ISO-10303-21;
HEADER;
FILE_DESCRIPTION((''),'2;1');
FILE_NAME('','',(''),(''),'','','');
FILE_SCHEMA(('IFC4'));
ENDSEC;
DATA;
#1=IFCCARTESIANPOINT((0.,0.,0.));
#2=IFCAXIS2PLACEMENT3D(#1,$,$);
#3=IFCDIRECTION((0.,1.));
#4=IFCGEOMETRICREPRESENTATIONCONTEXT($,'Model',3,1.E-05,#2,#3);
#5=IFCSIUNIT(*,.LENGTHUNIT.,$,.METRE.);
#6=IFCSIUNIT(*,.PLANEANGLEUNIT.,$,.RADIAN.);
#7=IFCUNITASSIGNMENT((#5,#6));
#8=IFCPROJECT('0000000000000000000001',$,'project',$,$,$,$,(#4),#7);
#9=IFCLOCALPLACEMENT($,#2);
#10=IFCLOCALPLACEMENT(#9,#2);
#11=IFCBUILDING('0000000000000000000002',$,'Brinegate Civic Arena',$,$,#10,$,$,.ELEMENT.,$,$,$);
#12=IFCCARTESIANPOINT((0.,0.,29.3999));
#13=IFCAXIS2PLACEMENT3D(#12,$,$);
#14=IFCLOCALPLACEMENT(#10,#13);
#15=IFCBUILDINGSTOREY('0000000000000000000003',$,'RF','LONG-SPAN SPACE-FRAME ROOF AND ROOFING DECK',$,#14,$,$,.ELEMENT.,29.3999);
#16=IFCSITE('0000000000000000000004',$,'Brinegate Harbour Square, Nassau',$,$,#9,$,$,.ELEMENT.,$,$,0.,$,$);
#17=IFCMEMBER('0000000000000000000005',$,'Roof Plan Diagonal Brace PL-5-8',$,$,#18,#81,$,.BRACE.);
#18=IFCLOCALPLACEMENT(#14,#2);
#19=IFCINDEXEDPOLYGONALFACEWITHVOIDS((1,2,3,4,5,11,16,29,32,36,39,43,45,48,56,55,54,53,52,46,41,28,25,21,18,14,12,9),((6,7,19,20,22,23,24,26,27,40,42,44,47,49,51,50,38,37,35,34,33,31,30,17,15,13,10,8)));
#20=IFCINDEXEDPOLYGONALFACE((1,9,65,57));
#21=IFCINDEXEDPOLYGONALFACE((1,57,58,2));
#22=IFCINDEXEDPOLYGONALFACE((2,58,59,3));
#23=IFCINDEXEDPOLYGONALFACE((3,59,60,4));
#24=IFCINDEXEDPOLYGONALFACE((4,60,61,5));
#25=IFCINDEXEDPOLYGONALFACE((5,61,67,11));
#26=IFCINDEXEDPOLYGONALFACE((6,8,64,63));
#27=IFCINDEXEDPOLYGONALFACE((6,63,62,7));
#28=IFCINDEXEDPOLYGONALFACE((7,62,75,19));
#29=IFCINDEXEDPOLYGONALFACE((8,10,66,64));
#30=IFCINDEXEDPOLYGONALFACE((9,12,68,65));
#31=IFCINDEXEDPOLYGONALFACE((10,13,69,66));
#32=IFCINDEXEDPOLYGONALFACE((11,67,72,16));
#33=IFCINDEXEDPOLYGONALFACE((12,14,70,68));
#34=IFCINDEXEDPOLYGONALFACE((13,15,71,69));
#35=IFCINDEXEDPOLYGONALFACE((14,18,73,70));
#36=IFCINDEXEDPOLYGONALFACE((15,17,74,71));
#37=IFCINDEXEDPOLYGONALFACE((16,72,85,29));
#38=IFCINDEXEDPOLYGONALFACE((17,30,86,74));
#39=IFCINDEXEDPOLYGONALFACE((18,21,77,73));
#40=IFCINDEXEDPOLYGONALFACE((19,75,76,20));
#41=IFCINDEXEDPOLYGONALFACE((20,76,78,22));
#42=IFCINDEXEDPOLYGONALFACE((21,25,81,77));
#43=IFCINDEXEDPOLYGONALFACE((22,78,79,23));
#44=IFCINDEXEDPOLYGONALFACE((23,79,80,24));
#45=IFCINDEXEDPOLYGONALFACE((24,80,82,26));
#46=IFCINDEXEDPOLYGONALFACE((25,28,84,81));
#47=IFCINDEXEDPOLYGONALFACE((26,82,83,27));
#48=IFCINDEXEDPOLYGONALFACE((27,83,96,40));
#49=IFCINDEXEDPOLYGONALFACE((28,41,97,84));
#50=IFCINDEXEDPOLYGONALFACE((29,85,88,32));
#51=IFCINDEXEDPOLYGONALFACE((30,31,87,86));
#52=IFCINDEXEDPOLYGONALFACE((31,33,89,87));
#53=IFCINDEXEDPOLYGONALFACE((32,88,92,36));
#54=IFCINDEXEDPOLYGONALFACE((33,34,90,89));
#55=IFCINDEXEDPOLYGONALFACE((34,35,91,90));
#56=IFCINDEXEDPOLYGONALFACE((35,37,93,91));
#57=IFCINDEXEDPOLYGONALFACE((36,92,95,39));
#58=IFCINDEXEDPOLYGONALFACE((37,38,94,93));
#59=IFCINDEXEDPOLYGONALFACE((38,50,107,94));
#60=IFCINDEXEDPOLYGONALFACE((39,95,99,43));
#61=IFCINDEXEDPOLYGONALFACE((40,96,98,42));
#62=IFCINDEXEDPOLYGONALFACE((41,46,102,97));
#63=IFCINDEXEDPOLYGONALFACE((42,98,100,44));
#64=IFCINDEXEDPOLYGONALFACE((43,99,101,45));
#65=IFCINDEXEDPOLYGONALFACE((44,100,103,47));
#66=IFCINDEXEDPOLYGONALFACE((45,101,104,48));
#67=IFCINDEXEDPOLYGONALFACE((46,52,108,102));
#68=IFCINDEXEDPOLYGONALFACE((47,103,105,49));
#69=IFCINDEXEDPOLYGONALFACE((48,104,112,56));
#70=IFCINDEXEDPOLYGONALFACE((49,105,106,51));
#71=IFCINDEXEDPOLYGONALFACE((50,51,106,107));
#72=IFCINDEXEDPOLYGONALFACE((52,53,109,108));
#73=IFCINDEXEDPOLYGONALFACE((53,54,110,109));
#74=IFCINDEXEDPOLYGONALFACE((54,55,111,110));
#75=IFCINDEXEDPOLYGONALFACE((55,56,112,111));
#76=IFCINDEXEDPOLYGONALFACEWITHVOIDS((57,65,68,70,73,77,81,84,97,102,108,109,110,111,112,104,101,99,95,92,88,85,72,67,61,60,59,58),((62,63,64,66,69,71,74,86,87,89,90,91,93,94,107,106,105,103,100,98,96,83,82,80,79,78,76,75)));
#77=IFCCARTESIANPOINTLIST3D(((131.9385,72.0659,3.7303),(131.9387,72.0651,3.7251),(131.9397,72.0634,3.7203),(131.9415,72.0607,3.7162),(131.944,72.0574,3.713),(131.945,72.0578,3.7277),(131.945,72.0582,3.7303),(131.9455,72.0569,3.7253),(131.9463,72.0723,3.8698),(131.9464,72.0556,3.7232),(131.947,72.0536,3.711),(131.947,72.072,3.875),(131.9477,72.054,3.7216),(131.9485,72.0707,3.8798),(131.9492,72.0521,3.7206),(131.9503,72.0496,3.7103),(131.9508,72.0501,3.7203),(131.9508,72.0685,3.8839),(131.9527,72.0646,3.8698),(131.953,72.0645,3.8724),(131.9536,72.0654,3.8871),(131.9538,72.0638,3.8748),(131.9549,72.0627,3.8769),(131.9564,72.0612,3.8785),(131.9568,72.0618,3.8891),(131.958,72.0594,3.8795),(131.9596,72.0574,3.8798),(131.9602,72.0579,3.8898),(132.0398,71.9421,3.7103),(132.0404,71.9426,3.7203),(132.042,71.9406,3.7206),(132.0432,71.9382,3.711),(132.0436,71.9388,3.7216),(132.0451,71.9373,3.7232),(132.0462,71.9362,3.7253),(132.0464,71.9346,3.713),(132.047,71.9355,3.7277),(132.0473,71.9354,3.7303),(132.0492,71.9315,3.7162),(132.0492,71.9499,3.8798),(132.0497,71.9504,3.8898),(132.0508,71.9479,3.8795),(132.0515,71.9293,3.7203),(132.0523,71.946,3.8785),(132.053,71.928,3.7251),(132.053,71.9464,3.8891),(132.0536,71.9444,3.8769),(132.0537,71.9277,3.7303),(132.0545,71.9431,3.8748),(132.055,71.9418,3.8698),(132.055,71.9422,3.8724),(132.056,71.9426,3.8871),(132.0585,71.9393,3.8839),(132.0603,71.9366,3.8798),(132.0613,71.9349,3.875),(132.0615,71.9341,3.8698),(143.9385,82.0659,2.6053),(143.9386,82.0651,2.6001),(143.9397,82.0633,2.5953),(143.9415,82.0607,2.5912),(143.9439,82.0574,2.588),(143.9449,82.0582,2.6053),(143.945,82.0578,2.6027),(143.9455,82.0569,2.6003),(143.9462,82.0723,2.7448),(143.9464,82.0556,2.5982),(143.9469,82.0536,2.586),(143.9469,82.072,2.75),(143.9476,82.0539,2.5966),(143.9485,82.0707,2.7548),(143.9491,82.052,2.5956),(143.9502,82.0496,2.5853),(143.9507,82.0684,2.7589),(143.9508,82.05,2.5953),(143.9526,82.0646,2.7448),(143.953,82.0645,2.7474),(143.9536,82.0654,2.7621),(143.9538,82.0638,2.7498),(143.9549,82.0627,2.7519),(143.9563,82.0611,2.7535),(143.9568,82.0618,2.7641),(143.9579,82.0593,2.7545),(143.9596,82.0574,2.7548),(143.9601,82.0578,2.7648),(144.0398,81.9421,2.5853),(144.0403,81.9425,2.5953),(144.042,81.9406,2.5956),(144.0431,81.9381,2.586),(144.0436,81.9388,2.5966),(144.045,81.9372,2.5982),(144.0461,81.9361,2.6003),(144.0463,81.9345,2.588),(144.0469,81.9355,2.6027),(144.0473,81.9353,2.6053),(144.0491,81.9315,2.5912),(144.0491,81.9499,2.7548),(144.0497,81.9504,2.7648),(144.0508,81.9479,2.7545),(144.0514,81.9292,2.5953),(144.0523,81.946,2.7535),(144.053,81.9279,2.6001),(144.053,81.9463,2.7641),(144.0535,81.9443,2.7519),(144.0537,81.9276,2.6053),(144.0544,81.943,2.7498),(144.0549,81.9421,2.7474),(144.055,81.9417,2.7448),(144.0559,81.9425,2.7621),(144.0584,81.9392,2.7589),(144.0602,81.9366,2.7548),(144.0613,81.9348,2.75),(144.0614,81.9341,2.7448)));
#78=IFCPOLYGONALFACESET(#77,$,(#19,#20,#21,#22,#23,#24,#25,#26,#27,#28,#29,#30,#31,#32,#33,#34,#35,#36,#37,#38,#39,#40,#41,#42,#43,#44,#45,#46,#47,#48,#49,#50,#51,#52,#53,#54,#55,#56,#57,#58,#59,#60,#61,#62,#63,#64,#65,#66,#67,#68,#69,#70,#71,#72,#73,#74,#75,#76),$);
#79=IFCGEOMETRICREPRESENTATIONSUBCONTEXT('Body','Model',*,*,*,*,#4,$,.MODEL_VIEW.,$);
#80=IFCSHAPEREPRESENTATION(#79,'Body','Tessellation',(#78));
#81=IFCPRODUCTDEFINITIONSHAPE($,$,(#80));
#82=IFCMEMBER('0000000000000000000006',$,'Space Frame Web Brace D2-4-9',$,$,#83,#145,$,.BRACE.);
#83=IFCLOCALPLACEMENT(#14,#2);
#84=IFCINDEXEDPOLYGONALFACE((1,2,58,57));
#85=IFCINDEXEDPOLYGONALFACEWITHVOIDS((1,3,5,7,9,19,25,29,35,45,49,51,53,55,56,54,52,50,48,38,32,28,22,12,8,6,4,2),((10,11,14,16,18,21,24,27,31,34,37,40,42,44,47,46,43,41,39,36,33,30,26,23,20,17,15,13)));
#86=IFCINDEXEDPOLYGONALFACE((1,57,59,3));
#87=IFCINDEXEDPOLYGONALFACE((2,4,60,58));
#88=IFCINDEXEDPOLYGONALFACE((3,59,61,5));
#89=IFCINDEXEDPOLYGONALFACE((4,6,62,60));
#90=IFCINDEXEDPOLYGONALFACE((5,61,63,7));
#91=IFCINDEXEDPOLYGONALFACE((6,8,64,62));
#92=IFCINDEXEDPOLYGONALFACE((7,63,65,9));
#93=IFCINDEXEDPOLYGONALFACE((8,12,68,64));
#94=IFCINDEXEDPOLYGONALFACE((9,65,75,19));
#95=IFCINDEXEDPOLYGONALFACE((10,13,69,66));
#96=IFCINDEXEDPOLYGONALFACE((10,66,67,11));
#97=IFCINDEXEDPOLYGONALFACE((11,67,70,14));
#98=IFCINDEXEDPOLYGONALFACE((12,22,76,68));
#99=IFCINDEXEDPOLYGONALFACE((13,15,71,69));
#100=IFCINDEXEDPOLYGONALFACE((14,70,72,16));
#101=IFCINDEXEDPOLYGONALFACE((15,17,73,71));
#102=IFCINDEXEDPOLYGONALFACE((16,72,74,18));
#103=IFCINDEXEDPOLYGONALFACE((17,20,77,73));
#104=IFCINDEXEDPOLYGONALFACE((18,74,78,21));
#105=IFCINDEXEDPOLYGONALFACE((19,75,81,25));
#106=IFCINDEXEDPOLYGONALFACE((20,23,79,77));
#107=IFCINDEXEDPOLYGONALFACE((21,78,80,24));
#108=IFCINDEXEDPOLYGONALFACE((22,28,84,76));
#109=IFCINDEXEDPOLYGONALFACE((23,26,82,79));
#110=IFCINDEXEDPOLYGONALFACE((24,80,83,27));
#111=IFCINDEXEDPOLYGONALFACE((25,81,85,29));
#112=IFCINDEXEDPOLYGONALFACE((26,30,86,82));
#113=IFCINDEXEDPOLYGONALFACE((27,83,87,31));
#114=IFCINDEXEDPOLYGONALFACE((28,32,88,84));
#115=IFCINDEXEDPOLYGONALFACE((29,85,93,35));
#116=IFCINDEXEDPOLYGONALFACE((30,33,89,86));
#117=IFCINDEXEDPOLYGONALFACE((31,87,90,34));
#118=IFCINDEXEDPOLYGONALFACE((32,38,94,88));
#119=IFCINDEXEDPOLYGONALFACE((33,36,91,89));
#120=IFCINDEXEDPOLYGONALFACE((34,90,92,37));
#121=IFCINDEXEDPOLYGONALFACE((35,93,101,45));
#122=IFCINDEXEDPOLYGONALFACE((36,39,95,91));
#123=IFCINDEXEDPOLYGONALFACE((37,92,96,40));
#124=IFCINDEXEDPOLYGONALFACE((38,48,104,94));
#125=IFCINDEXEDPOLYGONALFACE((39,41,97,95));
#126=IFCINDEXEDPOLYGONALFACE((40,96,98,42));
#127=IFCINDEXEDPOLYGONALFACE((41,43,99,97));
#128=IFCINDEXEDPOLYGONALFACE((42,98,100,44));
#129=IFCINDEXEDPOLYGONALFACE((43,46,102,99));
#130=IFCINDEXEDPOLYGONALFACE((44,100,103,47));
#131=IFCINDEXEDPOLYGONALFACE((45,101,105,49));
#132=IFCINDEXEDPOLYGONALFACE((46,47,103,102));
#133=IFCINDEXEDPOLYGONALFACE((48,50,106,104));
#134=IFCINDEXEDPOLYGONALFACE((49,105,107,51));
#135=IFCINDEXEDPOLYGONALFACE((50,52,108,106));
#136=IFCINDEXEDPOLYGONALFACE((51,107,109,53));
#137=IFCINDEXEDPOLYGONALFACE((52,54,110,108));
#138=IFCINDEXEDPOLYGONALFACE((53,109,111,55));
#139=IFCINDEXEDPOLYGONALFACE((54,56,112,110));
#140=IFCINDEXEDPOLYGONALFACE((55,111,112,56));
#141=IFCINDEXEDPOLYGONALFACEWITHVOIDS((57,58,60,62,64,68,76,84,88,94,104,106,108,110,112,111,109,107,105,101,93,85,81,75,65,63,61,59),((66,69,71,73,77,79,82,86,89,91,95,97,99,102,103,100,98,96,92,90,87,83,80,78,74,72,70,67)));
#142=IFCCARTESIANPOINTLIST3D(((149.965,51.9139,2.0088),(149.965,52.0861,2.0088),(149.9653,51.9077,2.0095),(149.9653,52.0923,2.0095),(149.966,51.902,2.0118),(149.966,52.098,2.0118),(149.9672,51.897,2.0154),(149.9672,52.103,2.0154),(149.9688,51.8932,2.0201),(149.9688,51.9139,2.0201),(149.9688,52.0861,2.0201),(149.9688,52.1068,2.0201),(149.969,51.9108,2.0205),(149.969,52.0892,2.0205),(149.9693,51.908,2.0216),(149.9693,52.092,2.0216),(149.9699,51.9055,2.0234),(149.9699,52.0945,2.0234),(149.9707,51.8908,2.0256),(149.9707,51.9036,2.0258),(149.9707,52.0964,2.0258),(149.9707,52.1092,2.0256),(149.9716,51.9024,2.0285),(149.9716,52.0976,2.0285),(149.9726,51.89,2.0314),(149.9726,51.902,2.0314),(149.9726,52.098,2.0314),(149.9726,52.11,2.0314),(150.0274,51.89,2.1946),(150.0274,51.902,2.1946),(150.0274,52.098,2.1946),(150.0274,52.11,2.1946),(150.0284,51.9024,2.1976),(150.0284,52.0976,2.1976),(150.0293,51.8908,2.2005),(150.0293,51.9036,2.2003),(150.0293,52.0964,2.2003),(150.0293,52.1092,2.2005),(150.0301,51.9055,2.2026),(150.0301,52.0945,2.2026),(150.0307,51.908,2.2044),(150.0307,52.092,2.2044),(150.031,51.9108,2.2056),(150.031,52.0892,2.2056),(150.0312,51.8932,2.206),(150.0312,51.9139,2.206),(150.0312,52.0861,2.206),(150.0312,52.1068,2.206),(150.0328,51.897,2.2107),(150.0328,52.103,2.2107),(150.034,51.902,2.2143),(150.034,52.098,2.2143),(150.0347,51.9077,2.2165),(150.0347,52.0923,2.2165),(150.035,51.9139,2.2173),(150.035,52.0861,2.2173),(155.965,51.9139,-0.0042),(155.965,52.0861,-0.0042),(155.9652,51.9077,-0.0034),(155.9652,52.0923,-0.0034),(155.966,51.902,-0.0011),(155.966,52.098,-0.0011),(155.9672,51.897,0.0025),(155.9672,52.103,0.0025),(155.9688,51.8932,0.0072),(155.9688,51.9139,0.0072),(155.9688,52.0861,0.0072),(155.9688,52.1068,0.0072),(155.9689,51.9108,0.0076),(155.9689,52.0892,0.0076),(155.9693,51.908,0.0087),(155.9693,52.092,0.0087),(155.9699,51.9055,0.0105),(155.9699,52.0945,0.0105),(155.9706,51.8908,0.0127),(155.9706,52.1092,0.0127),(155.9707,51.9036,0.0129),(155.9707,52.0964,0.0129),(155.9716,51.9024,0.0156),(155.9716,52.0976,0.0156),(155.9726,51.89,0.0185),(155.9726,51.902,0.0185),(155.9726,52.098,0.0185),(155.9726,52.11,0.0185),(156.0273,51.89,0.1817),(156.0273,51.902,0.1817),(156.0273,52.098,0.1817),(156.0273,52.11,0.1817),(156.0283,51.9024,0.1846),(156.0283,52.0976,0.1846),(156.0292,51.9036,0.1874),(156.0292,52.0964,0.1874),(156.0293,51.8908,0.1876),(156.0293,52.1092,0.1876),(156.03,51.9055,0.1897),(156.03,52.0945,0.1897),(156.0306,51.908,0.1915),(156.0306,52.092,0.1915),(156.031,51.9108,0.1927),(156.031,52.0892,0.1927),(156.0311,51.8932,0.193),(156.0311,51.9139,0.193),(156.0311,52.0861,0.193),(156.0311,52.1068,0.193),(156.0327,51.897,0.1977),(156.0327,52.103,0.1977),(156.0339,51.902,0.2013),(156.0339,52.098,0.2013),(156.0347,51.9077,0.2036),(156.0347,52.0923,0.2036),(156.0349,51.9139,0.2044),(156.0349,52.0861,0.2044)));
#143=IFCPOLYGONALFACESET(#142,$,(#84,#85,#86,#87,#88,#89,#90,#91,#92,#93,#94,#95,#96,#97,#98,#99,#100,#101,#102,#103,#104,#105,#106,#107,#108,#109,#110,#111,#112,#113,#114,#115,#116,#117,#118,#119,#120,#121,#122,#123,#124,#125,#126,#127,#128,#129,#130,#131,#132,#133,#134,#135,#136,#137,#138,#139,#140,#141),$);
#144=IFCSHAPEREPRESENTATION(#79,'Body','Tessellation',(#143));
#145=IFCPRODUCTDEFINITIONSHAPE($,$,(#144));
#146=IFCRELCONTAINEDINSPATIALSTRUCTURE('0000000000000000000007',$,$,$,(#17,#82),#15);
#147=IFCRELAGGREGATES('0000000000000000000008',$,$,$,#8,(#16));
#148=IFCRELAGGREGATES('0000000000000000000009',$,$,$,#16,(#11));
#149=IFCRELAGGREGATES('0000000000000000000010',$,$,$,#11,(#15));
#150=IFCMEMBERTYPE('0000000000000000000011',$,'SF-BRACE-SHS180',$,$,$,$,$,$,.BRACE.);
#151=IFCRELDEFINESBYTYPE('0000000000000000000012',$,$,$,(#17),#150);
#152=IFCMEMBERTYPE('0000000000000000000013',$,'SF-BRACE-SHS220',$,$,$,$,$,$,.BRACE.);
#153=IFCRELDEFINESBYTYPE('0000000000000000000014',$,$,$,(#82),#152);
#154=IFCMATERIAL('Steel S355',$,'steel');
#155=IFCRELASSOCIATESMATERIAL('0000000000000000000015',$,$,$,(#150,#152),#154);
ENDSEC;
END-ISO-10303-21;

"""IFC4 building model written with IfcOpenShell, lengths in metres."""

from ifc_helpers import new_model, si_unit, direction, frame, origin, origin_2d, place, context, subcontext, project, spatial, hollow_rectangle, extrude, material, material_profile, profile_set, type_object, element, save


model = new_model("IFC4")

# Units and contexts
model_context = context("Model", 3, precision=1e-05, world=origin(), true_north=direction((0.0, 1.0)))
body_context = subcontext(model_context, "Body", "Model", "MODEL_VIEW")
ifc_project = project(units=[si_unit("LENGTHUNIT", "METRE"), si_unit("PLANEANGLEUNIT", "RADIAN")], contexts=[model_context])

# Site, building, storey
site_placement = place(None, origin())
site = spatial("IfcSite", under=ifc_project, at=site_placement, Name="Brinegate Harbour Square, Nassau", CompositionType="ELEMENT", RefElevation=0.0)
building_placement = place(site_placement, origin())
building = spatial("IfcBuilding", under=site, at=building_placement, Name="Brinegate Civic Arena", CompositionType="ELEMENT")
storey_placement = place(building_placement, frame((0.0, 0.0, 29.3999)))
storey = spatial("IfcBuildingStorey", under=building, at=storey_placement, Name="RF", Description="LONG-SPAN SPACE-FRAME ROOF AND ROOFING DECK", CompositionType="ELEMENT", Elevation=29.3999)

# Shared definitions
ifc_material_1 = material(Name="Steel S355", Category="steel")

# Members
ifc_material_profile_1 = material_profile(ifc_material_1, hollow_rectangle(XDim=0.1799, YDim=0.1799, WallThickness=0.01, InnerFilletRadius=0.01, OuterFilletRadius=0.02, at=origin_2d()), Name="SHS180X10")
ifc_profile_set_1 = profile_set([ifc_material_profile_1], Name="Steel S355")
member_type_1 = type_object("IfcMemberType", Name="SF-BRACE-SHS180", PredefinedType="BRACE", material=ifc_profile_set_1)
member_1_placement = place(storey_placement, frame((132.0, 72.0, 3.8), z_axis=(0.766237, 0.638531, -0.071835), x_axis=(-0.640184, 0.768221, 0.0)))
element("IfcMember", 1, at=member_1_placement, inside=storey, type_object=member_type_1, Name="Roof Plan Diagonal Brace PL-5-8", PredefinedType="BRACE", context=body_context, shape_type="SweptSolid", body=[
    extrude(hollow_rectangle(XDim=0.1799, YDim=0.1799, WallThickness=0.01, InnerFilletRadius=0.01, OuterFilletRadius=0.02, at=origin_2d()), origin(), (0.0, 0.0, 1.0), 15.6609),
])
ifc_material_profile_2 = material_profile(ifc_material_1, hollow_rectangle(XDim=0.22, YDim=0.22, WallThickness=0.012, InnerFilletRadius=0.012, OuterFilletRadius=0.0239, at=origin_2d()), Name="SHS220X12")
ifc_profile_set_2 = profile_set([ifc_material_profile_2], Name="Steel S355")
member_type_2 = type_object("IfcMemberType", Name="SF-BRACE-SHS220", PredefinedType="BRACE", material=ifc_profile_set_2)
for number, where, z_axis, x_axis, name in (
    (2, (150.0, 52.0, 2.113), (0.948068, 0.0, -0.318067), (0.0, 1.0, 0.0), "Space Frame Web Brace D2-4-9"),
):
    element("IfcMember", number, at=place(storey_placement, frame(where, z_axis=z_axis, x_axis=x_axis)), inside=storey, type_object=member_type_2, Name=name, PredefinedType="BRACE", context=body_context, shape_type="SweptSolid", body=[
        extrude(hollow_rectangle(XDim=0.22, YDim=0.22, WallThickness=0.012, InnerFilletRadius=0.012, OuterFilletRadius=0.0239, at=origin_2d()), origin(), (0.0, 0.0, 1.0), 6.3286),
    ])

save(model, "model.ifc")
